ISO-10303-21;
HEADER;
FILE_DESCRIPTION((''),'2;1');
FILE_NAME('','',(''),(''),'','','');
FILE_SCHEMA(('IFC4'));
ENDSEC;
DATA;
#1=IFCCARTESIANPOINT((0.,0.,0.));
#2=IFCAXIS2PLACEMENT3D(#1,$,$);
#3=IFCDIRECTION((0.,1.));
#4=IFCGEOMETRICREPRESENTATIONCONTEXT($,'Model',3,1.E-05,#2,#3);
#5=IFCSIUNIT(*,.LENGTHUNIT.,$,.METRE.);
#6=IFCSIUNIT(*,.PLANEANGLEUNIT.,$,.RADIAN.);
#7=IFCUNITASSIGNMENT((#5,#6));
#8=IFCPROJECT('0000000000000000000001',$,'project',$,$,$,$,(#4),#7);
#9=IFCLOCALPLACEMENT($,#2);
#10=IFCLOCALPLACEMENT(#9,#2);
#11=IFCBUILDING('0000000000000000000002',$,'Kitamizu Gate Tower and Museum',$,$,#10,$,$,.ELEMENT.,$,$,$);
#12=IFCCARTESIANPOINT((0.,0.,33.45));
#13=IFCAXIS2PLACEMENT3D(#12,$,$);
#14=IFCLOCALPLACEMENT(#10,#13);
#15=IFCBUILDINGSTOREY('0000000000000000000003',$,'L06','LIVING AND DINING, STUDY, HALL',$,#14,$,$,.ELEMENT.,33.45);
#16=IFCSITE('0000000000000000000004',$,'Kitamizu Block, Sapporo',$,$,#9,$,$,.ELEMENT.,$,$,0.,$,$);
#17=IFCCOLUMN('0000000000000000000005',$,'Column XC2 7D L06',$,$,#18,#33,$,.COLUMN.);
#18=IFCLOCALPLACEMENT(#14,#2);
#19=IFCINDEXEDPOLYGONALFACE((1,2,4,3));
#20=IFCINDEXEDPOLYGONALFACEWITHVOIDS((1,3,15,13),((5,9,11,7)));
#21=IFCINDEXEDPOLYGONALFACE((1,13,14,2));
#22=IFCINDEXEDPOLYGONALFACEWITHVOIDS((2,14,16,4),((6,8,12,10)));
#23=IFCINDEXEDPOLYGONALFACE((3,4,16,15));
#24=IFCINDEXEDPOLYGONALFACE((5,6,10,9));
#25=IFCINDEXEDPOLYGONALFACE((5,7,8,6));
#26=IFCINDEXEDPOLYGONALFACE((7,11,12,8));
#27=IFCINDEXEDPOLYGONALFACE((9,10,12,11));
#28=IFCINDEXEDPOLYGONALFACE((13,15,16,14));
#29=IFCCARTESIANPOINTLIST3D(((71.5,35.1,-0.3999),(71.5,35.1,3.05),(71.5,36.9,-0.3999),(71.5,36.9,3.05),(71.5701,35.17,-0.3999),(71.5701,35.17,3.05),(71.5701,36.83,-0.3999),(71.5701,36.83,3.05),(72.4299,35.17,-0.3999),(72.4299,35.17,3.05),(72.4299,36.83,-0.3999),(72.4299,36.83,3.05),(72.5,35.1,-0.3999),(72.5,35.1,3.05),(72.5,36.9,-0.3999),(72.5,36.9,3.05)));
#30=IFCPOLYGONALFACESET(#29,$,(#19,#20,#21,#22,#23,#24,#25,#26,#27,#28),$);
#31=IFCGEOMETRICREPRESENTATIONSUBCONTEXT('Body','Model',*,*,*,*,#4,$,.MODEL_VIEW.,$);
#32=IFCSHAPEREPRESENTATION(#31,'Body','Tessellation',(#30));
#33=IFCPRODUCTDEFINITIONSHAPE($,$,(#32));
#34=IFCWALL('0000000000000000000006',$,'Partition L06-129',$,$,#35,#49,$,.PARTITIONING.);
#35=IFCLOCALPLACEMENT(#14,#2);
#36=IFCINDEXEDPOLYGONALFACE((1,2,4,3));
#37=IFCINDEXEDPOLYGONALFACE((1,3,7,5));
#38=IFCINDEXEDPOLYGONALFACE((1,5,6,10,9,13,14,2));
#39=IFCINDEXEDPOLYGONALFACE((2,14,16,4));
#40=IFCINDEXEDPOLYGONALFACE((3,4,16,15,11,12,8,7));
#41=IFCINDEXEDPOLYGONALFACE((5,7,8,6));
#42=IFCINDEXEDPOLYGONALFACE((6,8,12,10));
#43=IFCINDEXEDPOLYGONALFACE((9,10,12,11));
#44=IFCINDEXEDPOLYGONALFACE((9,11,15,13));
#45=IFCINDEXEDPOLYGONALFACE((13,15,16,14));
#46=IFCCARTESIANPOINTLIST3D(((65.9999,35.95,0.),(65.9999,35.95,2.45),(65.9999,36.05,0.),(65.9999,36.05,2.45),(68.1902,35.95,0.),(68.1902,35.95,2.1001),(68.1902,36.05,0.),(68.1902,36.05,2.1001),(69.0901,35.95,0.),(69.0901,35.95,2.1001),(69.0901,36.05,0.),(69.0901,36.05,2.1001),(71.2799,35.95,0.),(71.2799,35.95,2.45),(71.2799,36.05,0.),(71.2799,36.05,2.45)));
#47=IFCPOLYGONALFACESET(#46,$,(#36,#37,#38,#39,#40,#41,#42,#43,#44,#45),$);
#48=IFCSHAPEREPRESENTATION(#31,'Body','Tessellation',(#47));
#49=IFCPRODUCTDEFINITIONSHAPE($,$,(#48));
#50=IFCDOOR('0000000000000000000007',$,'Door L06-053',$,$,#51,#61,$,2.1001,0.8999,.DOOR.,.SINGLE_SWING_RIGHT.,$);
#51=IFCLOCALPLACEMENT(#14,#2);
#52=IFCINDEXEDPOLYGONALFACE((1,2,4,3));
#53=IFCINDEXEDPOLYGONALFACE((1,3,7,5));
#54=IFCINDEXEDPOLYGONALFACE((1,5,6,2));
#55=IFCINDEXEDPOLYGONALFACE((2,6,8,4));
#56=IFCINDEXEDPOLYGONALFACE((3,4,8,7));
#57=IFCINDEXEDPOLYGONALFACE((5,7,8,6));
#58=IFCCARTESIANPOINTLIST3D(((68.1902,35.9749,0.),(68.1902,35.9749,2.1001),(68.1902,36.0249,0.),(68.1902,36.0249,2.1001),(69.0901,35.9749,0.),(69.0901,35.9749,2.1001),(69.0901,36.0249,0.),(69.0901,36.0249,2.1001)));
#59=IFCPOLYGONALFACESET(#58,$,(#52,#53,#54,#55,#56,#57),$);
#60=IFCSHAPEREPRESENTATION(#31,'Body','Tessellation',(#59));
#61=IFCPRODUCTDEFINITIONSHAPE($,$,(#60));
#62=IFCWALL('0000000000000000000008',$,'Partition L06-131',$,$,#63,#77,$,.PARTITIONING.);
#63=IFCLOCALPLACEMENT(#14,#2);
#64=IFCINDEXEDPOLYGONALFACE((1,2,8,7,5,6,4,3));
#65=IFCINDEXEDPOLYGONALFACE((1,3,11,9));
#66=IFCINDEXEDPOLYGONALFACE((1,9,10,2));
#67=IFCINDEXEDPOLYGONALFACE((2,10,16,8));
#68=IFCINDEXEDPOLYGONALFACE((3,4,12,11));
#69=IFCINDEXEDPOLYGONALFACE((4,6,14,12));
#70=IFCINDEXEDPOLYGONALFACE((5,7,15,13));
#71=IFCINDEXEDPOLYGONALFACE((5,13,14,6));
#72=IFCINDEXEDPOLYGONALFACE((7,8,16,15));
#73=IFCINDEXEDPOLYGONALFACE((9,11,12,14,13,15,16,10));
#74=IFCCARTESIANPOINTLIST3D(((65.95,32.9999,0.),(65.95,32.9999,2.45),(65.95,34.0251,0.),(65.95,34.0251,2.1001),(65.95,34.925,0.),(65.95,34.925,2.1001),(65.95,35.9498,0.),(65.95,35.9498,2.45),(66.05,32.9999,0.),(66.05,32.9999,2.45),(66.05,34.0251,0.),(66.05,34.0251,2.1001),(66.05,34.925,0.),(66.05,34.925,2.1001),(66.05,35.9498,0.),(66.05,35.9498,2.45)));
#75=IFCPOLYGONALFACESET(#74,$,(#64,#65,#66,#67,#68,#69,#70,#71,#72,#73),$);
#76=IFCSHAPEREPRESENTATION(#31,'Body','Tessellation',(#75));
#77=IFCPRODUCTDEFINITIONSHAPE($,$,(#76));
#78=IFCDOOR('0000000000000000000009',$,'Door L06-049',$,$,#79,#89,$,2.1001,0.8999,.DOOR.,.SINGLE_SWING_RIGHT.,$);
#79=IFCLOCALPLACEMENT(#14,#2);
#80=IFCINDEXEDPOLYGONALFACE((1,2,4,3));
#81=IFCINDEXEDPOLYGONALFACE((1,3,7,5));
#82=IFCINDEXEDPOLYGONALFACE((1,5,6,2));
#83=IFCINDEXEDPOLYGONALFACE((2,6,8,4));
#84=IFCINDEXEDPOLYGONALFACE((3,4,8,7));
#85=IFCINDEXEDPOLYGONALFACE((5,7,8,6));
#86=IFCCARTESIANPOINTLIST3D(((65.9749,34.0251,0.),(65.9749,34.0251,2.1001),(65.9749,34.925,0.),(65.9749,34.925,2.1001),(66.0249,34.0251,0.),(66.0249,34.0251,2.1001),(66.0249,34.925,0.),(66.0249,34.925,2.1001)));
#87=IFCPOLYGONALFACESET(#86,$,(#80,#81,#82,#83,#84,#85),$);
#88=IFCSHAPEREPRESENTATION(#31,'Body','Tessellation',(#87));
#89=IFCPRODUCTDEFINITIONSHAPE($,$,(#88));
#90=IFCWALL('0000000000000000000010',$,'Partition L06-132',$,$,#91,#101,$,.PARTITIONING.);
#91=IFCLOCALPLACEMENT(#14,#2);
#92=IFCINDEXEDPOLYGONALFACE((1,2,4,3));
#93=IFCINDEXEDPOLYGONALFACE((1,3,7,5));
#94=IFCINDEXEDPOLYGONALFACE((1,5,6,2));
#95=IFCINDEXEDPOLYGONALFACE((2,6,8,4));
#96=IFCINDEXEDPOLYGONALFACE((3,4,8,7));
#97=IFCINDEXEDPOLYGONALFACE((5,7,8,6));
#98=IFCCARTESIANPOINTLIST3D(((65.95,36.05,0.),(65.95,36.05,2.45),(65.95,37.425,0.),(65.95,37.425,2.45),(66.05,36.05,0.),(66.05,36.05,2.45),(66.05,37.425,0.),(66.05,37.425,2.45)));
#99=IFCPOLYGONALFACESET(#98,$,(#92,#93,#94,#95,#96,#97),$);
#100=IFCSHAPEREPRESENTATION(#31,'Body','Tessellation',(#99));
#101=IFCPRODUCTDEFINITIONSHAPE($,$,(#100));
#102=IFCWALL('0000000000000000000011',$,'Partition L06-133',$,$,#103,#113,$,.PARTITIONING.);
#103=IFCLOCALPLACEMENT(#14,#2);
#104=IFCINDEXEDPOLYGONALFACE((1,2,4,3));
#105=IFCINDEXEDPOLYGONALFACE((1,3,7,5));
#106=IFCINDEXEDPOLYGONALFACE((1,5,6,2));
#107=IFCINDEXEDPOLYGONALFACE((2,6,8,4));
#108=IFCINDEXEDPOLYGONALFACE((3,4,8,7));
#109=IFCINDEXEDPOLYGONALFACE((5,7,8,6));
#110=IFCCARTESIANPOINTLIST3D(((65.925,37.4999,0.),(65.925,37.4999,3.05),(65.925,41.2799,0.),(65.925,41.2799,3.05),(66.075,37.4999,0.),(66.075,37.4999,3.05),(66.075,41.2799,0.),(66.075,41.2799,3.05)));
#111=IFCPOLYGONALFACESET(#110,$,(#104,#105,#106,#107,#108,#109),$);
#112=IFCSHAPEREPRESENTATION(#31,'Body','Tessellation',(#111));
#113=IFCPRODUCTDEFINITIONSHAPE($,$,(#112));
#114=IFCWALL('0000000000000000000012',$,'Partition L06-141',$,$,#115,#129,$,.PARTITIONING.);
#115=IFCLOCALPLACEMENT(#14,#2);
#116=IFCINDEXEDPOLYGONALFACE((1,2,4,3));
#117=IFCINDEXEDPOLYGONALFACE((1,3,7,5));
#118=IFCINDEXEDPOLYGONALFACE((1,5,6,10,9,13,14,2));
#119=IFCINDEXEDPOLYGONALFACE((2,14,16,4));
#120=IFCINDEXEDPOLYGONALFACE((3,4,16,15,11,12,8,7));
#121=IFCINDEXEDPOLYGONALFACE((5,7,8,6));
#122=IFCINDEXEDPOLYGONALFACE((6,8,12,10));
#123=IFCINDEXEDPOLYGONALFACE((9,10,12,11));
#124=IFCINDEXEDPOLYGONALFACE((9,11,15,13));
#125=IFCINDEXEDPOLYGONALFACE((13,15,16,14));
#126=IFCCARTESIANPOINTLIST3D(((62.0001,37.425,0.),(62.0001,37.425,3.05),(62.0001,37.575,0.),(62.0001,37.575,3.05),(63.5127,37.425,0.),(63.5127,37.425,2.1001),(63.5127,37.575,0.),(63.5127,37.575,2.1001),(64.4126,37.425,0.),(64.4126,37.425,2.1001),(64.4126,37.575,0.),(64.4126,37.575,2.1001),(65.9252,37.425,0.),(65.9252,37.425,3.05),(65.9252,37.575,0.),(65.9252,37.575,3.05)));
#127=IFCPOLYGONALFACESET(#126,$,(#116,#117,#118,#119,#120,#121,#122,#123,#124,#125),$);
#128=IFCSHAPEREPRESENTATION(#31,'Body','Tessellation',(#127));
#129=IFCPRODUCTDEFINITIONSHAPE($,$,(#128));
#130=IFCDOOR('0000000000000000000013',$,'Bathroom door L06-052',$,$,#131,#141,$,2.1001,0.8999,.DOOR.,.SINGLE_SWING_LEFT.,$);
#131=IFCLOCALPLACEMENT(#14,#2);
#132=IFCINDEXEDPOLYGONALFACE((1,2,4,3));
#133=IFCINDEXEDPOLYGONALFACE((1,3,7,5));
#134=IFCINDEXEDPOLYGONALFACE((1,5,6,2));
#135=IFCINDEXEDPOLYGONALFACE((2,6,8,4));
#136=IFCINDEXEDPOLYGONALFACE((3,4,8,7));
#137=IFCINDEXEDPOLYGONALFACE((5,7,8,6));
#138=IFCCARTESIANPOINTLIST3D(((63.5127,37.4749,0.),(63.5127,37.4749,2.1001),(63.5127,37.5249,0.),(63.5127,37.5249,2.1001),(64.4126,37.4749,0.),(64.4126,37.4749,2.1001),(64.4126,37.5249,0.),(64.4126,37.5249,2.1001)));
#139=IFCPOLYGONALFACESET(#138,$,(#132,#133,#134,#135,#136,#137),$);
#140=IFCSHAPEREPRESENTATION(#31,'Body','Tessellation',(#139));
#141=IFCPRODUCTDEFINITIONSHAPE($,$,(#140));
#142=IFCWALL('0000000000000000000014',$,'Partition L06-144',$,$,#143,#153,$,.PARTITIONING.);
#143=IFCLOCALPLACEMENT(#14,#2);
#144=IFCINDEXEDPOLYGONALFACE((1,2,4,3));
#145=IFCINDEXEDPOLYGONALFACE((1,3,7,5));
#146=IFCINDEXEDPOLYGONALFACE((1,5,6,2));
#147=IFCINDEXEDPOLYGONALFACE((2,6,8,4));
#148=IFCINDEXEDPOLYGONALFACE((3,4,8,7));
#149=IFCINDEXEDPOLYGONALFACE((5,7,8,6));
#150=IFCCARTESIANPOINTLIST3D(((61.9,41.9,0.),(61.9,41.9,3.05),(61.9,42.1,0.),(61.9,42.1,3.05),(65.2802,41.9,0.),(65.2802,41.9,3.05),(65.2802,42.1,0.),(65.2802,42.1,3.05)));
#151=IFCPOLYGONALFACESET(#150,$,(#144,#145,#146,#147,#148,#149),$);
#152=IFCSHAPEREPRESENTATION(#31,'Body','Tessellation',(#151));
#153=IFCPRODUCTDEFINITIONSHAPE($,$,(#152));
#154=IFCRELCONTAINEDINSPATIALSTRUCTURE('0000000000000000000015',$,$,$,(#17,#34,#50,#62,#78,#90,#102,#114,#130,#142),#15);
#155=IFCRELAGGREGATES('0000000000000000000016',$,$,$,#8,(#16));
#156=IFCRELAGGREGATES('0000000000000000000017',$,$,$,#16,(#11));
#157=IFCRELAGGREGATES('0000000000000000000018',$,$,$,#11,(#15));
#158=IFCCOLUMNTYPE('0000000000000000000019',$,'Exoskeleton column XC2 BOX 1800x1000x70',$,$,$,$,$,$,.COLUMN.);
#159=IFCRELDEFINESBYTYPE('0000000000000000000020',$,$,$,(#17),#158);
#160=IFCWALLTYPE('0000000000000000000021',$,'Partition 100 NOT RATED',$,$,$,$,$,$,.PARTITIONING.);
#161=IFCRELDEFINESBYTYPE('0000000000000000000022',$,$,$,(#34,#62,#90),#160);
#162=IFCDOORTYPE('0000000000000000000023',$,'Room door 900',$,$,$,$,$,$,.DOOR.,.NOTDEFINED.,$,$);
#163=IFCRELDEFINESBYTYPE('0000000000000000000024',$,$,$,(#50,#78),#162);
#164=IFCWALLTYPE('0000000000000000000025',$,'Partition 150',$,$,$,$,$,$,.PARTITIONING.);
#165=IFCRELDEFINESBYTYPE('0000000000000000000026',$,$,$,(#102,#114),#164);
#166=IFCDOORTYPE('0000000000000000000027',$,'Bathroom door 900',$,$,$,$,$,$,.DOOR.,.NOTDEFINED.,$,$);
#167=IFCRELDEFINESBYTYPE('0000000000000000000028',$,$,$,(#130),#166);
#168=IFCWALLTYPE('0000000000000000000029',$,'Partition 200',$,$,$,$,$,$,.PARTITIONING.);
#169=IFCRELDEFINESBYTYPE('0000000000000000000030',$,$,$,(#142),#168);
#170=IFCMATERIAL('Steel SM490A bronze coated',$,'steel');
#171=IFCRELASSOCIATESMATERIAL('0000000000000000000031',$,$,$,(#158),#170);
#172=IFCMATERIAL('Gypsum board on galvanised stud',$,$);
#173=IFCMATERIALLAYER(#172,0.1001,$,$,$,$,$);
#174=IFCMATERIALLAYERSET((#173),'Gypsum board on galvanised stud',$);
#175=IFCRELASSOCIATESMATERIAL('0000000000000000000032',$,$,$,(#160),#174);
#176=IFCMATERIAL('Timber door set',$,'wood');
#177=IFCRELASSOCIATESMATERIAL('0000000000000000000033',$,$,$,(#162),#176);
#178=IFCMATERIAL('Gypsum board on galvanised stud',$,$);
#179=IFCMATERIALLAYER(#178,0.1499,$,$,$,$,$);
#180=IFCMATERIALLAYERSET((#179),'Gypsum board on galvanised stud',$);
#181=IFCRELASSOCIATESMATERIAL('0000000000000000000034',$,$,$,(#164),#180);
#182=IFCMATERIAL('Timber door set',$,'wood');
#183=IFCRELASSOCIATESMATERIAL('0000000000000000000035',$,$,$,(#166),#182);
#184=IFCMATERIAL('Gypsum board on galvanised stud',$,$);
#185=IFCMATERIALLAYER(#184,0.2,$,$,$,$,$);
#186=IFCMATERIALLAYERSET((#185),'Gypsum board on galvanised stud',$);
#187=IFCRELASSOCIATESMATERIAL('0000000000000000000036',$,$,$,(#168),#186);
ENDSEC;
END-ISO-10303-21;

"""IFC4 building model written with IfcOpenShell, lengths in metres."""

from ifc_helpers import new_model, si_unit, direction, frame, frame_2d, origin, origin_2d, place, context, subcontext, project, spatial, rectangle, hollow_rectangle, extrude, material, layer, layer_set, material_profile, profile_set, type_object, element, fill, save


model = new_model("IFC4")

# Units and contexts
model_context = context("Model", 3, precision=1e-05, world=origin(), true_north=direction((0.0, 1.0)))
body_context = subcontext(model_context, "Body", "Model", "MODEL_VIEW")
ifc_project = project(units=[si_unit("LENGTHUNIT", "METRE"), si_unit("PLANEANGLEUNIT", "RADIAN")], contexts=[model_context])

# Site, building, storey
site_placement = place(None, origin())
site = spatial("IfcSite", under=ifc_project, at=site_placement, Name="Kitamizu Block, Sapporo", CompositionType="ELEMENT", RefElevation=0.0)
building_placement = place(site_placement, origin())
building = spatial("IfcBuilding", under=site, at=building_placement, Name="Kitamizu Gate Tower and Museum", CompositionType="ELEMENT")
storey_placement = place(building_placement, frame((0.0, 0.0, 33.45)))
storey = spatial("IfcBuildingStorey", under=building, at=storey_placement, Name="L06", Description="LIVING AND DINING, STUDY, HALL", CompositionType="ELEMENT", Elevation=33.45)

# Column
ifc_material_1 = material(Name="Steel SM490A bronze coated", Category="steel")
ifc_material_profile = material_profile(ifc_material_1, hollow_rectangle(XDim=1.8, YDim=1.0, WallThickness=0.0701, at=origin_2d()), Name="BOX 1800x1000x70")
ifc_profile_set = profile_set([ifc_material_profile], Name="Steel SM490A bronze coated")
column_type = type_object("IfcColumnType", Name="Exoskeleton column XC2 BOX 1800x1000x70", PredefinedType="COLUMN", material=ifc_profile_set)
column_placement = place(storey_placement, frame((72.0, 36.0, -0.3999), z_axis=(0.0, 0.0, 1.0), x_axis=(0.0, 1.0, 0.0)))
element("IfcColumn", 1, at=column_placement, inside=storey, type_object=column_type, Name="Column XC2 7D L06", PredefinedType="COLUMN", context=body_context, shape_type="SweptSolid", body=[
    extrude(hollow_rectangle(XDim=1.8, YDim=1.0, WallThickness=0.0701, at=origin_2d()), origin(), (0.0, 0.0, 1.0), 3.45),
])

# Walls, openings, doors
ifc_material_2 = material(Name="Gypsum board on galvanised stud")
ifc_layer_1 = layer(ifc_material_2, 0.1001)
ifc_layer_set_1 = layer_set([ifc_layer_1], Name="Gypsum board on galvanised stud")
wall_type_1 = type_object("IfcWallType", Name="Partition 100 NOT RATED", PredefinedType="PARTITIONING", material=ifc_layer_set_1)
wall_1_placement = place(storey_placement, frame((71.28, 36.0, 0.0), z_axis=(0.0, 0.0, 1.0), x_axis=(-1.0, 0.0, 0.0)))
wall_1 = element("IfcWall", 2, at=wall_1_placement, inside=storey, type_object=wall_type_1, Name="Partition L06-129", PredefinedType="PARTITIONING", context=body_context, shape_type="SweptSolid", body=[
    extrude(rectangle(XDim=5.28, YDim=0.1001, at=frame_2d((2.6401, 0.0))), origin(), (0.0, 0.0, 1.0), 2.45),
])
opening_1_placement = place(wall_1_placement, frame((2.1899, 0.0, 0.0)))
opening_1 = element("IfcOpeningElement", 3, at=opening_1_placement, cuts=wall_1, PredefinedType="OPENING", context=body_context, shape_type="SweptSolid", body=[
    extrude(rectangle(XDim=0.8999, YDim=2.1001, at=frame_2d((0.45, 1.05))), frame((0.0, 0.0601, 0.0), z_axis=(0.0, -1.0, 0.0), x_axis=(1.0, 0.0, 0.0)), (0.0, 0.0, 1.0), 0.1201),
])
ifc_material_3 = material(Name="Timber door set", Category="wood")
door_type_1 = type_object("IfcDoorType", Name="Room door 900", OperationType="NOTDEFINED", PredefinedType="DOOR", material=ifc_material_3)
door_1_placement = place(opening_1_placement, frame((0.8999, 0.0, 0.0), x_axis=(-1.0, 0.0, 0.0)))
door_1 = element("IfcDoor", 4, at=door_1_placement, inside=storey, type_object=door_type_1, Name="Door L06-053", OperationType="SINGLE_SWING_RIGHT", OverallHeight=2.1001, OverallWidth=0.8999, PredefinedType="DOOR", context=body_context, shape_type="SweptSolid", body=[
    extrude(rectangle(XDim=0.8999, YDim=2.1001, at=frame_2d((0.45, 1.05))), frame((0.0, 0.0249, 0.0), z_axis=(0.0, -1.0, 0.0), x_axis=(1.0, 0.0, 0.0)), (0.0, 0.0, 1.0), 0.05),
])
fill(opening_1, door_1)
wall_2_placement = place(storey_placement, frame((66.0, 35.95, 0.0), z_axis=(0.0, 0.0, 1.0), x_axis=(0.0, -1.0, 0.0)))
wall_2 = element("IfcWall", 5, at=wall_2_placement, inside=storey, type_object=wall_type_1, Name="Partition L06-131", PredefinedType="PARTITIONING", context=body_context, shape_type="SweptSolid", body=[
    extrude(rectangle(XDim=2.95, YDim=0.1001, at=frame_2d((1.4751, 0.0))), origin(), (0.0, 0.0, 1.0), 2.45),
])
opening_2_placement = place(wall_2_placement, frame((1.0249, 0.0, 0.0)))
opening_2 = element("IfcOpeningElement", 6, at=opening_2_placement, cuts=wall_2, PredefinedType="OPENING", context=body_context, shape_type="SweptSolid", body=[
    extrude(rectangle(XDim=0.8999, YDim=2.1001, at=frame_2d((0.45, 1.05))), frame((0.0, 0.0601, 0.0), z_axis=(0.0, -1.0, 0.0), x_axis=(1.0, 0.0, 0.0)), (0.0, 0.0, 1.0), 0.1201),
])
door_2_placement = place(opening_2_placement, origin())
door_2 = element("IfcDoor", 7, at=door_2_placement, inside=storey, type_object=door_type_1, Name="Door L06-049", OperationType="SINGLE_SWING_RIGHT", OverallHeight=2.1001, OverallWidth=0.8999, PredefinedType="DOOR", context=body_context, shape_type="SweptSolid", body=[
    extrude(rectangle(XDim=0.8999, YDim=2.1001, at=frame_2d((0.45, 1.05))), frame((0.0, 0.0249, 0.0), z_axis=(0.0, -1.0, 0.0), x_axis=(1.0, 0.0, 0.0)), (0.0, 0.0, 1.0), 0.05),
])
fill(opening_2, door_2)

# Walls
wall_3_placement = place(storey_placement, frame((66.0, 37.425, 0.0), z_axis=(0.0, 0.0, 1.0), x_axis=(0.0, -1.0, 0.0)))
element("IfcWall", 8, at=wall_3_placement, inside=storey, type_object=wall_type_1, Name="Partition L06-132", PredefinedType="PARTITIONING", context=body_context, shape_type="SweptSolid", body=[
    extrude(rectangle(XDim=1.375, YDim=0.1001, at=frame_2d((0.6875, 0.0))), origin(), (0.0, 0.0, 1.0), 2.45),
])
ifc_material_4 = material(Name="Gypsum board on galvanised stud")
ifc_layer_2 = layer(ifc_material_4, 0.1499)
ifc_layer_set_2 = layer_set([ifc_layer_2], Name="Gypsum board on galvanised stud")
wall_type_2 = type_object("IfcWallType", Name="Partition 150", PredefinedType="PARTITIONING", material=ifc_layer_set_2)
wall_4_placement = place(storey_placement, frame((66.0, 41.28, 0.0), z_axis=(0.0, 0.0, 1.0), x_axis=(0.0, -1.0, 0.0)))
element("IfcWall", 9, at=wall_4_placement, inside=storey, type_object=wall_type_2, Name="Partition L06-133", PredefinedType="PARTITIONING", context=body_context, shape_type="SweptSolid", body=[
    extrude(rectangle(XDim=3.78, YDim=0.1499, at=frame_2d((1.8901, 0.0))), origin(), (0.0, 0.0, 1.0), 3.05),
])

# Wall, opening, door
wall_5_placement = place(storey_placement, frame((65.925, 37.5, 0.0), z_axis=(0.0, 0.0, 1.0), x_axis=(-1.0, 0.0, 0.0)))
wall_5 = element("IfcWall", 10, at=wall_5_placement, inside=storey, type_object=wall_type_2, Name="Partition L06-141", PredefinedType="PARTITIONING", context=body_context, shape_type="SweptSolid", body=[
    extrude(rectangle(XDim=3.925, YDim=0.1499, at=frame_2d((1.9624, 0.0))), origin(), (0.0, 0.0, 1.0), 3.05),
])
opening_3_placement = place(wall_5_placement, frame((1.5125, 0.0, 0.0)))
opening_3 = element("IfcOpeningElement", 11, at=opening_3_placement, cuts=wall_5, PredefinedType="OPENING", context=body_context, shape_type="SweptSolid", body=[
    extrude(rectangle(XDim=0.8999, YDim=2.1001, at=frame_2d((0.45, 1.05))), frame((0.0, 0.085, 0.0), z_axis=(0.0, -1.0, 0.0), x_axis=(1.0, 0.0, 0.0)), (0.0, 0.0, 1.0), 0.1699),
])
ifc_material_5 = material(Name="Timber door set", Category="wood")
door_type_2 = type_object("IfcDoorType", Name="Bathroom door 900", OperationType="NOTDEFINED", PredefinedType="DOOR", material=ifc_material_5)
door_3_placement = place(opening_3_placement, frame((0.8999, 0.0, 0.0), x_axis=(-1.0, 0.0, 0.0)))
door_3 = element("IfcDoor", 12, at=door_3_placement, inside=storey, type_object=door_type_2, Name="Bathroom door L06-052", OperationType="SINGLE_SWING_LEFT", OverallHeight=2.1001, OverallWidth=0.8999, PredefinedType="DOOR", context=body_context, shape_type="SweptSolid", body=[
    extrude(rectangle(XDim=0.8999, YDim=2.1001, at=frame_2d((0.45, 1.05))), frame((0.0, 0.0249, 0.0), z_axis=(0.0, -1.0, 0.0), x_axis=(1.0, 0.0, 0.0)), (0.0, 0.0, 1.0), 0.05),
])
fill(opening_3, door_3)

# Wall
ifc_material_6 = material(Name="Gypsum board on galvanised stud")
ifc_layer_3 = layer(ifc_material_6, 0.2)
ifc_layer_set_3 = layer_set([ifc_layer_3], Name="Gypsum board on galvanised stud")
wall_type_3 = type_object("IfcWallType", Name="Partition 200", PredefinedType="PARTITIONING", material=ifc_layer_set_3)
wall_6_placement = place(storey_placement, frame((65.28, 42.0, 0.0), z_axis=(0.0, 0.0, 1.0), x_axis=(-1.0, 0.0, 0.0)))
element("IfcWall", 13, at=wall_6_placement, inside=storey, type_object=wall_type_3, Name="Partition L06-144", PredefinedType="PARTITIONING", context=body_context, shape_type="SweptSolid", body=[
    extrude(rectangle(XDim=3.3801, YDim=0.2, at=frame_2d((1.6899, 0.0))), origin(), (0.0, 0.0, 1.0), 3.05),
])

save(model, "model.ifc")
